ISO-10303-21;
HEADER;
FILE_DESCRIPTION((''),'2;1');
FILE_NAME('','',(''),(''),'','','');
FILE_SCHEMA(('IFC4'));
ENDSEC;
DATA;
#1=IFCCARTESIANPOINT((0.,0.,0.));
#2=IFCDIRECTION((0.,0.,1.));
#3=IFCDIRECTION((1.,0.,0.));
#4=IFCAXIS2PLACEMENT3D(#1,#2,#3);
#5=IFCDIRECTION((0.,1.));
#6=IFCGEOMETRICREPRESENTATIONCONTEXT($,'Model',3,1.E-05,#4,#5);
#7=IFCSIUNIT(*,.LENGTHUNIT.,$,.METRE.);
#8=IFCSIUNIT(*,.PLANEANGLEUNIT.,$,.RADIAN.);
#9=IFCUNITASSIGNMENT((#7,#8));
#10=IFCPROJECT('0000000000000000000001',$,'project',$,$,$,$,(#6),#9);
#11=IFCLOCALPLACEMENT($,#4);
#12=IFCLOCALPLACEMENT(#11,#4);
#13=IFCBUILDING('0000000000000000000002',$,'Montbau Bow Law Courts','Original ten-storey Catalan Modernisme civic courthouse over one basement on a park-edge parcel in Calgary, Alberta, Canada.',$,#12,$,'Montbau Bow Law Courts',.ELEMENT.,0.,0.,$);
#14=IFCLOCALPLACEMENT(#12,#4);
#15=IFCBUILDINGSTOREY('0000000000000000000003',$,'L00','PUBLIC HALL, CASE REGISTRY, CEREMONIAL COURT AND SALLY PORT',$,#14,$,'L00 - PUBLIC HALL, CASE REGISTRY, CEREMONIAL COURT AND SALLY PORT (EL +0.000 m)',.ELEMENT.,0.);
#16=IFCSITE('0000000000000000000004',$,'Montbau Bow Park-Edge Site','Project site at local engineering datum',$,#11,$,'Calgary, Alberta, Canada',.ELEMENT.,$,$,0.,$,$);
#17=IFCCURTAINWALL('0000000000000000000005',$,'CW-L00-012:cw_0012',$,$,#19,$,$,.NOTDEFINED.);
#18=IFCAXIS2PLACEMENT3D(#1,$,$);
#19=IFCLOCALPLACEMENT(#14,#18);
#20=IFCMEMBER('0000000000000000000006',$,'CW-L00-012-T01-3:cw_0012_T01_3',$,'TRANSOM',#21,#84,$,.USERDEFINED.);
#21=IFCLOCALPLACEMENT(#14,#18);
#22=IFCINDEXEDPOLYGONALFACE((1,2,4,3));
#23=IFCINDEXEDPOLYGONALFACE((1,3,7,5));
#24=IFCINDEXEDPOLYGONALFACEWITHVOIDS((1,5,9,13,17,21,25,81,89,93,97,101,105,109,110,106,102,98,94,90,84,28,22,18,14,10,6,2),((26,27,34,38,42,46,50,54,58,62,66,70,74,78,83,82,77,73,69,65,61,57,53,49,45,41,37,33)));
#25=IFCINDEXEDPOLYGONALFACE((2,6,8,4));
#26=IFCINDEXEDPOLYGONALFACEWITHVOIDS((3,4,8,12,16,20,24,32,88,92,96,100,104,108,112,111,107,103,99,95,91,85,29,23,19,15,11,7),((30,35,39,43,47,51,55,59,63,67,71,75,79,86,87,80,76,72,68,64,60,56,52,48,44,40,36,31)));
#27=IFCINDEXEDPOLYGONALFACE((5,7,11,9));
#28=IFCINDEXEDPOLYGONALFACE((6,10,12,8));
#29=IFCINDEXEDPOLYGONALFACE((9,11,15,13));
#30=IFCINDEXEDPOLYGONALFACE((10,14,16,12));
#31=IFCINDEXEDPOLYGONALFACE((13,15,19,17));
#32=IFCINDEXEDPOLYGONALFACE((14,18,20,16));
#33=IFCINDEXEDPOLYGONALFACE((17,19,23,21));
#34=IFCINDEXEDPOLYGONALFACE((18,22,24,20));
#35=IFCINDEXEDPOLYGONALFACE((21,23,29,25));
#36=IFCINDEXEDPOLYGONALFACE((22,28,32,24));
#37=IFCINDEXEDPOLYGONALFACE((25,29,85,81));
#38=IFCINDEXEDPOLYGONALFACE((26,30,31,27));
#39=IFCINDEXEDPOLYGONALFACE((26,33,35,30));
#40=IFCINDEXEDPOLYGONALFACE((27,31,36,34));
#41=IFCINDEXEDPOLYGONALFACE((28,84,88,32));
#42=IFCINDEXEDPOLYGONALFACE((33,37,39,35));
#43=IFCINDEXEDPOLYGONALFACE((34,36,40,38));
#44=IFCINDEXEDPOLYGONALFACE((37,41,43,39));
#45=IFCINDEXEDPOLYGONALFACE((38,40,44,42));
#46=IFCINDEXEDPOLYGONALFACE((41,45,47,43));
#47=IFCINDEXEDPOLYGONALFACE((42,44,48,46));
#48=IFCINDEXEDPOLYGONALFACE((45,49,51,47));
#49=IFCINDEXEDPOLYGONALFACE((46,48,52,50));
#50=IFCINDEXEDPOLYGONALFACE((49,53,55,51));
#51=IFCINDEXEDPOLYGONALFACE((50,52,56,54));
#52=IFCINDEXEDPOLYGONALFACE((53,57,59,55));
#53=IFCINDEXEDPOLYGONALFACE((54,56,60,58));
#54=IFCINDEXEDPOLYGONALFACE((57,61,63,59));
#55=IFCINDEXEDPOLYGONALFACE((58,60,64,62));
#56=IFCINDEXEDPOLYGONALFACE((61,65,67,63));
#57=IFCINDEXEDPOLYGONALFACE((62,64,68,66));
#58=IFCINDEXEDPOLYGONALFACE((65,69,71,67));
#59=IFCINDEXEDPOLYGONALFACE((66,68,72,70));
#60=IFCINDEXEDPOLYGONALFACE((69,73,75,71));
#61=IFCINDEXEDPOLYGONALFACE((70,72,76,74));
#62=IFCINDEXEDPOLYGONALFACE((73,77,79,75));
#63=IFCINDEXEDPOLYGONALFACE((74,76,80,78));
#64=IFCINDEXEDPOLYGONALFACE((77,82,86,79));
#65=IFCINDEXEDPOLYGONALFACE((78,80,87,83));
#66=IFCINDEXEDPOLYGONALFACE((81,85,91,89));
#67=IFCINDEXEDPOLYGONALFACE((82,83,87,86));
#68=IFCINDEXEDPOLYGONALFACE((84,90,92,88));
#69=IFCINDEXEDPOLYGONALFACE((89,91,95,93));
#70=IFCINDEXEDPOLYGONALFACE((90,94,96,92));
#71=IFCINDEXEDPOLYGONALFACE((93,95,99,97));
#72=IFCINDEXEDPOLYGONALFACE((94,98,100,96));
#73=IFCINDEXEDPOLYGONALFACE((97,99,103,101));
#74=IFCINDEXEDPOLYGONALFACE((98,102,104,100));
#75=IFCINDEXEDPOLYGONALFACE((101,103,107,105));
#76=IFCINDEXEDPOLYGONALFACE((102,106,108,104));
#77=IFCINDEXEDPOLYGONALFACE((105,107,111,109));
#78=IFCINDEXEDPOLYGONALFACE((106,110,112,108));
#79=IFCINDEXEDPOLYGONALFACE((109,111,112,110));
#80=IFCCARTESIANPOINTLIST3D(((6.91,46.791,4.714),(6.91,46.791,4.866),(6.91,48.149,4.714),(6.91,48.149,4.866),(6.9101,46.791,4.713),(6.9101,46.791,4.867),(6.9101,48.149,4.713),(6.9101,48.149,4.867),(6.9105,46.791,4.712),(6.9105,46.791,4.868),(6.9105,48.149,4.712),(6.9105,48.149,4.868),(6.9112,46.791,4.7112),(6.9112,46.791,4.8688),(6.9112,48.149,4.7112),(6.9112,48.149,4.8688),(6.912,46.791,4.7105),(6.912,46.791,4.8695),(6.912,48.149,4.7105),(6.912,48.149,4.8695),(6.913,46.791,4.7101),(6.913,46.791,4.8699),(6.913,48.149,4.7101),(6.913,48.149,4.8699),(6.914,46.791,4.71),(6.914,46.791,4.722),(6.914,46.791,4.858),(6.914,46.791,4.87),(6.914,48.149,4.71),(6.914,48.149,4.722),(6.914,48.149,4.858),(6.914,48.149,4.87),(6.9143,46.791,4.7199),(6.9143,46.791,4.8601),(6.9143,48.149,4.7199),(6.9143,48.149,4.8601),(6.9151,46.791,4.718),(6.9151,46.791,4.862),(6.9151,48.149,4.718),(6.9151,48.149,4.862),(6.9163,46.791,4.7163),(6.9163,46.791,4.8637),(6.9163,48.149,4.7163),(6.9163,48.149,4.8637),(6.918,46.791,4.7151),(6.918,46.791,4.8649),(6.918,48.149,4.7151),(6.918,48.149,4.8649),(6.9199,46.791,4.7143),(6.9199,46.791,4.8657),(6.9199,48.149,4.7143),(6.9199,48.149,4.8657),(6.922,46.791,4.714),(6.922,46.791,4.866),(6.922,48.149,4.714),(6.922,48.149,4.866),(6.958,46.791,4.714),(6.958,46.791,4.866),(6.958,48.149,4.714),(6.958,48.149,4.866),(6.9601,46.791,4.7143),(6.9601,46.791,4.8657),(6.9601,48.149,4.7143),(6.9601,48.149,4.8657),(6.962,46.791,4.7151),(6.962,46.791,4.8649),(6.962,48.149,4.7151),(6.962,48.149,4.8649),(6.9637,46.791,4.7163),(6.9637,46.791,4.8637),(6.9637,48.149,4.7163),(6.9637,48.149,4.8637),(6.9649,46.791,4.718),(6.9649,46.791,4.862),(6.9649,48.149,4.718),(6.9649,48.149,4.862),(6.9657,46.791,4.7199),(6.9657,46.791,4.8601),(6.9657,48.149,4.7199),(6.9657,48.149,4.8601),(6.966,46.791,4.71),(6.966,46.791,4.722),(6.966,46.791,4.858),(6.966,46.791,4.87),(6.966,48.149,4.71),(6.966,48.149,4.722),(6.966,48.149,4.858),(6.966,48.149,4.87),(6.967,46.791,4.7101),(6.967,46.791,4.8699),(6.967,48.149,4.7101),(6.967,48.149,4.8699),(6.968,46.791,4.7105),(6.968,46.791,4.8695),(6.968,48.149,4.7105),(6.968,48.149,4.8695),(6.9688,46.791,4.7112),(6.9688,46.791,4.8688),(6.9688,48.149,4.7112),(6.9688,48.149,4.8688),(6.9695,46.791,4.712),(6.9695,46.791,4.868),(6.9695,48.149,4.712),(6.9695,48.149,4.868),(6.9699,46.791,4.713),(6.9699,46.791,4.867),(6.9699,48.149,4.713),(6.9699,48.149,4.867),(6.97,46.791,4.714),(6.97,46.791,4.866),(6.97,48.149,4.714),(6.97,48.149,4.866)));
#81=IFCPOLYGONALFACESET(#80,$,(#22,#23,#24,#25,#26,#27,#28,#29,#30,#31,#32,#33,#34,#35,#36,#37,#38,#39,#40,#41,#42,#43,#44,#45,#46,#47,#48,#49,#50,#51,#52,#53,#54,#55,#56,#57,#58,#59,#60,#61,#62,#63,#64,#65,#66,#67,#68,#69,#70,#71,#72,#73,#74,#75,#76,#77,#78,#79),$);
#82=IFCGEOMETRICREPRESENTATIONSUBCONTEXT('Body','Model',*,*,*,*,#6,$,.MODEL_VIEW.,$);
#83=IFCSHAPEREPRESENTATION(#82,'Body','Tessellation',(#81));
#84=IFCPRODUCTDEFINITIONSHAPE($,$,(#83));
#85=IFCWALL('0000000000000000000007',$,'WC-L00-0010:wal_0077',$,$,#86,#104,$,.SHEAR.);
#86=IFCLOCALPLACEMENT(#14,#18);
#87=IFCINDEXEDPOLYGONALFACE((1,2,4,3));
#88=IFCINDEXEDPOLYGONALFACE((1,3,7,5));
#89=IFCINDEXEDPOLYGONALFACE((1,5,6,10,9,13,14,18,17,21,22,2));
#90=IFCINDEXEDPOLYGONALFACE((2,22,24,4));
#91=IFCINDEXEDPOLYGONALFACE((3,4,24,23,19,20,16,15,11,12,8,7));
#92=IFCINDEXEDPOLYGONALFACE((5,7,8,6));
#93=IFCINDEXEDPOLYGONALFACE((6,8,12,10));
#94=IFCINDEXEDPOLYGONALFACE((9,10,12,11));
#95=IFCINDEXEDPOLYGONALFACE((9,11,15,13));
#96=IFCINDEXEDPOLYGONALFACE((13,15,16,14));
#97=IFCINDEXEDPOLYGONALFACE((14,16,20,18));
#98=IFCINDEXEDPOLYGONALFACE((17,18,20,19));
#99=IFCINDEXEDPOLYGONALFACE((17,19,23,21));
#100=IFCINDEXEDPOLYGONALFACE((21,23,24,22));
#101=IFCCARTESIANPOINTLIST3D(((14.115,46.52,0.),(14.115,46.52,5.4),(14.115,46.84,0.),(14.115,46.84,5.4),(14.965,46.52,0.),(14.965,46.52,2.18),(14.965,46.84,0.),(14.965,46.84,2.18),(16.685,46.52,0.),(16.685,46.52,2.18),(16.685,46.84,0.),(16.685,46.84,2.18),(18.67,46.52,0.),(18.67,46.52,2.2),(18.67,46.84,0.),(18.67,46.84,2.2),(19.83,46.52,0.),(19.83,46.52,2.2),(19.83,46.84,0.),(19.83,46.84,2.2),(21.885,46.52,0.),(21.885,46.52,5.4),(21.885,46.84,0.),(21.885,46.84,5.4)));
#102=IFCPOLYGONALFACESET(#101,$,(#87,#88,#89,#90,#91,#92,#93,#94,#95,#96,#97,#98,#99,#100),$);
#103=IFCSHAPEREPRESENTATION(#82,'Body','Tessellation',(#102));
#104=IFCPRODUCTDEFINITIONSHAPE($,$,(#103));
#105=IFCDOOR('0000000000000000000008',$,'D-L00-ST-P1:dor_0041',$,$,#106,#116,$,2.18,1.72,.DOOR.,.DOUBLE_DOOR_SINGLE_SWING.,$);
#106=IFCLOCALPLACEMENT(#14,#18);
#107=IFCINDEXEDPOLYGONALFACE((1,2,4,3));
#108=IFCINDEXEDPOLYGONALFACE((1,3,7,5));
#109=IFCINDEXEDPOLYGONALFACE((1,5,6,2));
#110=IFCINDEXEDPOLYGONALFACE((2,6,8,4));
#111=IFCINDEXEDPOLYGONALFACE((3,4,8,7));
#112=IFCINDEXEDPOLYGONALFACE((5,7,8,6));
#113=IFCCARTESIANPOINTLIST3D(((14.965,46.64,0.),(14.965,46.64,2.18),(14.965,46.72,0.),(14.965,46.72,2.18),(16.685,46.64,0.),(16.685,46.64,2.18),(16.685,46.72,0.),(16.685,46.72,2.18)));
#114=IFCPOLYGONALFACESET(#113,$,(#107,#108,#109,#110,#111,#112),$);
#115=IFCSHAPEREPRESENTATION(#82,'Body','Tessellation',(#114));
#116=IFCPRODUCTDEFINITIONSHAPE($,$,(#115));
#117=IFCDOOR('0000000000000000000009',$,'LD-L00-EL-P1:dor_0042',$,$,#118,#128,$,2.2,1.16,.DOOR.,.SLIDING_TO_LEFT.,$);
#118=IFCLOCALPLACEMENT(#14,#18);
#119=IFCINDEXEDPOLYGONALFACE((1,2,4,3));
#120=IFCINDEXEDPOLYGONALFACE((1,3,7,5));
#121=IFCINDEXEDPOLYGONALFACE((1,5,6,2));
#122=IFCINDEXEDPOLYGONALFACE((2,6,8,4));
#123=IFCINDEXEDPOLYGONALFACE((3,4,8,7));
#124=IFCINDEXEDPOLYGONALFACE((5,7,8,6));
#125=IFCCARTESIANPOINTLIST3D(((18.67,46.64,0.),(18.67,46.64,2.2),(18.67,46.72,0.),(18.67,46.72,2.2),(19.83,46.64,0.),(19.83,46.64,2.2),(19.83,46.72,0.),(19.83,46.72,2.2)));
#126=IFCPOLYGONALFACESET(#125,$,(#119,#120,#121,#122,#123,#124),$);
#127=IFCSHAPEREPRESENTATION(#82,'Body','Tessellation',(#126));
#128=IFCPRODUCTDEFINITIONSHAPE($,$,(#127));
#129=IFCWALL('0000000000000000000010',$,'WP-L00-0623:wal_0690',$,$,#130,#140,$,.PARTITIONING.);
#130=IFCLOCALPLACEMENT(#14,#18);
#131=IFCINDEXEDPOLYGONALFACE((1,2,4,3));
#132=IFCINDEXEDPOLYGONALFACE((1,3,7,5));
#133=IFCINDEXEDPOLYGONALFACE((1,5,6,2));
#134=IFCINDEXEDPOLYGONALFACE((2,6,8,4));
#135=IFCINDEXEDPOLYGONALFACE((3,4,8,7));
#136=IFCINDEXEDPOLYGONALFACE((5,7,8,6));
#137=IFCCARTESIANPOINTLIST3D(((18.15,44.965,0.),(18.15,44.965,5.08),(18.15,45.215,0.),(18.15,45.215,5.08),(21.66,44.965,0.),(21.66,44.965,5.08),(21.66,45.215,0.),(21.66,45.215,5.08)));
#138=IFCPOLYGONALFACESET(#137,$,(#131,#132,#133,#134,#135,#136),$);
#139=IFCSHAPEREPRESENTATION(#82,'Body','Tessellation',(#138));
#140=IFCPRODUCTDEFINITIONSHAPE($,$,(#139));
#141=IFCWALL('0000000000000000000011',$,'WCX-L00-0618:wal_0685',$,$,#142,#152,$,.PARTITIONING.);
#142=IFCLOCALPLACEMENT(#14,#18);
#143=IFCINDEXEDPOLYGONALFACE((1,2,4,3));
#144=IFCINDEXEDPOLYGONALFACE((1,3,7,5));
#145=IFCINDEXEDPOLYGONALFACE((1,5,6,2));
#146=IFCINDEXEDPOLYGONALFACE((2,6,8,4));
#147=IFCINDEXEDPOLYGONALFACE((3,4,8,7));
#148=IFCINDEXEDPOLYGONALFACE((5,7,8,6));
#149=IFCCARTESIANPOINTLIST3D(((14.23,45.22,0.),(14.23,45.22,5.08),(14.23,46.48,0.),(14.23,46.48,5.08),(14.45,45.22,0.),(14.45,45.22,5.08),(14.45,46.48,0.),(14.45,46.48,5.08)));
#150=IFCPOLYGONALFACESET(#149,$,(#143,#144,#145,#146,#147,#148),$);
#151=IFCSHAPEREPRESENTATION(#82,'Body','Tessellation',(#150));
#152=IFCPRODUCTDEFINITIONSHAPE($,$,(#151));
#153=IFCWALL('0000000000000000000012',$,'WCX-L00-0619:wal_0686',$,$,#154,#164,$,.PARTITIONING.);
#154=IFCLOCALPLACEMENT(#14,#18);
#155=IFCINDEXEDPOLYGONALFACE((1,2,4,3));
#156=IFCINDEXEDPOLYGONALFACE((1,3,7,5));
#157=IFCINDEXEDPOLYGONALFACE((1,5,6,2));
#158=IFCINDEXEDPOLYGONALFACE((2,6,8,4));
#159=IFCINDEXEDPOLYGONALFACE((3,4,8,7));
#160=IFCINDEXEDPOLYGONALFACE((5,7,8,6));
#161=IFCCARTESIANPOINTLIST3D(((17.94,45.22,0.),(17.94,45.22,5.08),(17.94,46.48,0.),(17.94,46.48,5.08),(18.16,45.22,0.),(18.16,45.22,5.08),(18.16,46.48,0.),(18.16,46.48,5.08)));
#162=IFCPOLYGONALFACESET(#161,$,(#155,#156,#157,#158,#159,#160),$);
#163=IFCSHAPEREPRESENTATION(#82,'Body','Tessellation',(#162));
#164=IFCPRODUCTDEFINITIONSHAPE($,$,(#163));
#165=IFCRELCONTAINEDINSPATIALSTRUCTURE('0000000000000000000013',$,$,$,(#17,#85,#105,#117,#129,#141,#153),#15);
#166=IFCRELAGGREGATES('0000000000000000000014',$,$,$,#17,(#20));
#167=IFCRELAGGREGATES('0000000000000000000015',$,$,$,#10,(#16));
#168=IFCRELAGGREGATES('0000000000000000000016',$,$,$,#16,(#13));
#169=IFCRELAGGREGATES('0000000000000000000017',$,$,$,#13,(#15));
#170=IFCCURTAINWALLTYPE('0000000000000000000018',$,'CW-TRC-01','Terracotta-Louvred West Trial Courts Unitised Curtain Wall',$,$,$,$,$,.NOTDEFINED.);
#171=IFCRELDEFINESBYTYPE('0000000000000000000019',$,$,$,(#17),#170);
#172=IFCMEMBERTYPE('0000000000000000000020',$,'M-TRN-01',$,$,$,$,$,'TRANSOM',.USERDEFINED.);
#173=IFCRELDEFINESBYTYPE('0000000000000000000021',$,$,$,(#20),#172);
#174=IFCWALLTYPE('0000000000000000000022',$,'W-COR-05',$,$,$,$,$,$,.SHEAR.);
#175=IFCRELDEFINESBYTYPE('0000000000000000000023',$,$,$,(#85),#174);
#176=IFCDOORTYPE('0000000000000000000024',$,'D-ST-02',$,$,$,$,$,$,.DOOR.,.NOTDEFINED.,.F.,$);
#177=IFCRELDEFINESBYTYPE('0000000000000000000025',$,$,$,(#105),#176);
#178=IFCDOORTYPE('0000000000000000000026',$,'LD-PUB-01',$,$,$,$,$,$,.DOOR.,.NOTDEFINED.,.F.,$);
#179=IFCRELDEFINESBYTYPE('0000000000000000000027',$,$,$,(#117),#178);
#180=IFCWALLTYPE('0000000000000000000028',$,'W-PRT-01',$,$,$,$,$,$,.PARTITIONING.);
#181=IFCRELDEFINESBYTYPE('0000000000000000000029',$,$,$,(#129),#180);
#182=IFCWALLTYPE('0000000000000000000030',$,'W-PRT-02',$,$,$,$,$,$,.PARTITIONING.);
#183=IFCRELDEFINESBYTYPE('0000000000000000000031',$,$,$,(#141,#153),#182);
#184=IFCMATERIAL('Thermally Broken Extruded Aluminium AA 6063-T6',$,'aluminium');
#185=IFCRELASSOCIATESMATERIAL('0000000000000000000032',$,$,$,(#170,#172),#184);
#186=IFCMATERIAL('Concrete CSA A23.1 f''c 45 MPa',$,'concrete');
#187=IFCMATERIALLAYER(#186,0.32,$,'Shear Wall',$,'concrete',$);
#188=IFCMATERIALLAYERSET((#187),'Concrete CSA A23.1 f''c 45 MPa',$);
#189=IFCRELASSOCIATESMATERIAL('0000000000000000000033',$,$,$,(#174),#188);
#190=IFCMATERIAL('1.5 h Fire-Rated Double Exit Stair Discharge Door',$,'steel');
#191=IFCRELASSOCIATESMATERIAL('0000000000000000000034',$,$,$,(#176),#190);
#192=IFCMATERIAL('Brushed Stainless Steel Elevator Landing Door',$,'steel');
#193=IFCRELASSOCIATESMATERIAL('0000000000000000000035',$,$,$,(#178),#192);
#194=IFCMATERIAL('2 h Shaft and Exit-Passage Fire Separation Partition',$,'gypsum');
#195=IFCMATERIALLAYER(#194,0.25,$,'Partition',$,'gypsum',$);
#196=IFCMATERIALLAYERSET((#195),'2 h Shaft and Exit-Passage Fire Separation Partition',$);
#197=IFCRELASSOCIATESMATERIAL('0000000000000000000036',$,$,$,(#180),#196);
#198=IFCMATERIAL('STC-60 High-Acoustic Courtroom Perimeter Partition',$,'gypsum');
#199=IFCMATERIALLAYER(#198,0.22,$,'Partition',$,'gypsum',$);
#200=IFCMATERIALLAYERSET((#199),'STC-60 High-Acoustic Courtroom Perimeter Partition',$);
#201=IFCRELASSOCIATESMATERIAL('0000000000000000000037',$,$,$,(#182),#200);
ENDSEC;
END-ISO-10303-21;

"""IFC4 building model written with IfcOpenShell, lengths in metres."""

from ifc_helpers import new_model, si_unit, direction, frame, frame_2d, origin_with_axes, origin_2d_with_axis, place, context, subcontext, project, spatial, rectangle, hollow_rectangle, extrude, material, layer, layer_set, material_profile, profile_set, type_object, element, fill, aggregate, save


model = new_model("IFC4")

# Units and contexts
model_context = context("Model", 3, precision=1e-05, world=origin_with_axes(), true_north=direction((0.0, 1.0)))
body_context = subcontext(model_context, "Body", "Model", "MODEL_VIEW")
ifc_project = project(units=[si_unit("LENGTHUNIT", "METRE"), si_unit("PLANEANGLEUNIT", "RADIAN")], contexts=[model_context])

# Site, building, storey
site_placement = place(None, origin_with_axes())
site = spatial("IfcSite", under=ifc_project, at=site_placement, Name="Montbau Bow Park-Edge Site", Description="Project site at local engineering datum", LongName="Calgary, Alberta, Canada", CompositionType="ELEMENT", RefElevation=0.0)
building_placement = place(site_placement, origin_with_axes())
building = spatial("IfcBuilding", under=site, at=building_placement, Name="Montbau Bow Law Courts", Description="Original ten-storey Catalan Modernisme civic courthouse over one basement on a park-edge parcel in Calgary, Alberta, Canada.", LongName="Montbau Bow Law Courts", CompositionType="ELEMENT", ElevationOfRefHeight=0.0, ElevationOfTerrain=0.0)
storey_placement = place(building_placement, origin_with_axes())
storey = spatial("IfcBuildingStorey", under=building, at=storey_placement, Name="L00", Description="PUBLIC HALL, CASE REGISTRY, CEREMONIAL COURT AND SALLY PORT", LongName="L00 - PUBLIC HALL, CASE REGISTRY, CEREMONIAL COURT AND SALLY PORT (EL +0.000 m)", CompositionType="ELEMENT", Elevation=0.0)

# Shared definitions
ifc_material_1 = material(Name="Concrete CSA A23.1 f'c 45 MPa", Category="concrete")

# Curtain wall, member
ifc_material_2 = material(Name="Thermally Broken Extruded Aluminium AA 6063-T6", Category="aluminium")
curtain_wall_type = type_object("IfcCurtainWallType", Name="CW-TRC-01", Description="Terracotta-Louvred West Trial Courts Unitised Curtain Wall", PredefinedType="NOTDEFINED", material=ifc_material_2)
curtain_wall_placement = place(None, frame((6.94, 46.715, 0.0), z_axis=(0.0, 0.0, 1.0), x_axis=(1.0, 0.0, 0.0)))
curtain_wall = element("IfcCurtainWall", 1, at=curtain_wall_placement, inside=storey, type_object=curtain_wall_type, Name="CW-L00-012:cw_0012", PredefinedType="NOTDEFINED")
ifc_material_profile_1 = material_profile(ifc_material_2, hollow_rectangle(XDim=0.06, YDim=0.16, WallThickness=0.004, InnerFilletRadius=0.008, OuterFilletRadius=0.004, at=origin_2d_with_axis()), Name="CWT-160X60", Category="Main", Priority=0)
ifc_profile_set_1 = profile_set([ifc_material_profile_1], Name="Thermally Broken Extruded Aluminium AA 6063-T6")
member_type = type_object("IfcMemberType", Name="M-TRN-01", ElementType="TRANSOM", PredefinedType="USERDEFINED", material=ifc_profile_set_1)
member_1_placement = place(None, frame((6.94, 46.791, 4.79), z_axis=(0.0, 1.0, 0.0), x_axis=(-1.0, 0.0, 0.0)))
member_1 = element("IfcMember", 2, at=member_1_placement, type_object=member_type, Name="CW-L00-012-T01-3:cw_0012_T01_3", ObjectType="TRANSOM", PredefinedType="USERDEFINED", context=body_context, shape_type="SweptSolid", body=[
    extrude(hollow_rectangle(XDim=0.06, YDim=0.16, WallThickness=0.004, InnerFilletRadius=0.008, OuterFilletRadius=0.004, at=origin_2d_with_axis()), origin_with_axes(), (0.0, 0.0, 1.0), 1.358),
])
aggregate(curtain_wall, [member_1])

# Wall, openings, doors
ifc_layer_1 = layer(ifc_material_1, 0.32, Name="Shear Wall", Category="concrete")
ifc_layer_set_1 = layer_set([ifc_layer_1], Name="Concrete CSA A23.1 f'c 45 MPa")
wall_type_1 = type_object("IfcWallType", Name="W-COR-05", PredefinedType="SHEAR", material=ifc_layer_set_1)
wall_1_placement = place(None, frame((14.115, 46.68, 0.0), z_axis=(0.0, 0.0, 1.0), x_axis=(1.0, 0.0, 0.0)))
wall_1 = element("IfcWall", 3, at=wall_1_placement, inside=storey, type_object=wall_type_1, Name="WC-L00-0010:wal_0077", PredefinedType="SHEAR", context=body_context, shape_type="SweptSolid", body=[
    extrude(rectangle(XDim=7.77, YDim=0.32, at=frame_2d((3.885, 0.0), x_axis=(1.0, 0.0))), origin_with_axes(), (0.0, 0.0, 1.0), 5.4),
])
opening_1_placement = place(None, frame((15.825, 46.68, 0.0), z_axis=(0.0, 0.0, 1.0), x_axis=(1.0, 0.0, 0.0)))
opening_1 = element("IfcOpeningElement", 4, at=opening_1_placement, cuts=wall_1, PredefinedType="OPENING", context=body_context, shape_type="SweptSolid", body=[
    extrude(rectangle(XDim=1.72, YDim=2.18, at=frame_2d((0.0, 1.09), x_axis=(1.0, 0.0))), frame((0.0, 0.17, 0.0), z_axis=(0.0, -1.0, 0.0), x_axis=(1.0, 0.0, 0.0)), (0.0, 0.0, 1.0), 0.34),
])
opening_2_placement = place(None, frame((19.25, 46.68, 0.0), z_axis=(0.0, 0.0, 1.0), x_axis=(1.0, 0.0, 0.0)))
opening_2 = element("IfcOpeningElement", 5, at=opening_2_placement, cuts=wall_1, PredefinedType="OPENING", context=body_context, shape_type="SweptSolid", body=[
    extrude(rectangle(XDim=1.16, YDim=2.2, at=frame_2d((0.0, 1.1), x_axis=(1.0, 0.0))), frame((0.0, 0.17, 0.0), z_axis=(0.0, -1.0, 0.0), x_axis=(1.0, 0.0, 0.0)), (0.0, 0.0, 1.0), 0.34),
])
ifc_material_3 = material(Name="1.5 h Fire-Rated Double Exit Stair Discharge Door", Category="steel")
door_type_1 = type_object("IfcDoorType", Name="D-ST-02", OperationType="NOTDEFINED", ParameterTakesPrecedence=False, PredefinedType="DOOR", material=ifc_material_3)
door_1_placement = place(None, frame((15.825, 46.68, 0.0), z_axis=(0.0, 0.0, 1.0), x_axis=(-1.0, 0.0, 0.0)))
door_1 = element("IfcDoor", 6, at=door_1_placement, inside=storey, type_object=door_type_1, Name="D-L00-ST-P1:dor_0041", OperationType="DOUBLE_DOOR_SINGLE_SWING", OverallHeight=2.18, OverallWidth=1.72, PredefinedType="DOOR", context=body_context, shape_type="SweptSolid", body=[
    extrude(rectangle(XDim=1.72, YDim=2.18, at=frame_2d((0.0, 1.09), x_axis=(1.0, 0.0))), frame((0.0, 0.04, 0.0), z_axis=(0.0, -1.0, 0.0), x_axis=(1.0, 0.0, 0.0)), (0.0, 0.0, 1.0), 0.08),
])
fill(opening_1, door_1)
ifc_material_4 = material(Name="Brushed Stainless Steel Elevator Landing Door", Category="steel")
door_type_2 = type_object("IfcDoorType", Name="LD-PUB-01", OperationType="NOTDEFINED", ParameterTakesPrecedence=False, PredefinedType="DOOR", material=ifc_material_4)
door_2_placement = place(None, frame((19.25, 46.68, 0.0), z_axis=(0.0, 0.0, 1.0), x_axis=(-1.0, 0.0, 0.0)))
door_2 = element("IfcDoor", 7, at=door_2_placement, inside=storey, type_object=door_type_2, Name="LD-L00-EL-P1:dor_0042", OperationType="SLIDING_TO_LEFT", OverallHeight=2.2, OverallWidth=1.16, PredefinedType="DOOR", context=body_context, shape_type="SweptSolid", body=[
    extrude(rectangle(XDim=1.16, YDim=2.2, at=frame_2d((0.0, 1.1), x_axis=(1.0, 0.0))), frame((0.0, 0.04, 0.0), z_axis=(0.0, -1.0, 0.0), x_axis=(1.0, 0.0, 0.0)), (0.0, 0.0, 1.0), 0.08),
])
fill(opening_2, door_2)

# Walls
ifc_material_5 = material(Name="2 h Shaft and Exit-Passage Fire Separation Partition", Category="gypsum")
ifc_layer_2 = layer(ifc_material_5, 0.25, Name="Partition", Category="gypsum")
ifc_layer_set_2 = layer_set([ifc_layer_2], Name="2 h Shaft and Exit-Passage Fire Separation Partition")
wall_type_2 = type_object("IfcWallType", Name="W-PRT-01", PredefinedType="PARTITIONING", material=ifc_layer_set_2)
wall_2_placement = place(None, frame((18.15, 45.09, 0.0), z_axis=(0.0, 0.0, 1.0), x_axis=(1.0, 0.0, 0.0)))
element("IfcWall", 8, at=wall_2_placement, inside=storey, type_object=wall_type_2, Name="WP-L00-0623:wal_0690", PredefinedType="PARTITIONING", context=body_context, shape_type="SweptSolid", body=[
    extrude(rectangle(XDim=3.51, YDim=0.25, at=frame_2d((1.755, 0.0), x_axis=(1.0, 0.0))), origin_with_axes(), (0.0, 0.0, 1.0), 5.08),
])
ifc_material_6 = material(Name="STC-60 High-Acoustic Courtroom Perimeter Partition", Category="gypsum")
ifc_layer_3 = layer(ifc_material_6, 0.22, Name="Partition", Category="gypsum")
ifc_layer_set_3 = layer_set([ifc_layer_3], Name="STC-60 High-Acoustic Courtroom Perimeter Partition")
wall_type_3 = type_object("IfcWallType", Name="W-PRT-02", PredefinedType="PARTITIONING", material=ifc_layer_set_3)
for number, where, z_axis, x_axis, name in (
    (9, (14.34, 45.22, 0.0), (0.0, 0.0, 1.0), (0.0, 1.0, 0.0), "WCX-L00-0618:wal_0685"),
    (10, (18.05, 45.22, 0.0), (0.0, 0.0, 1.0), (0.0, 1.0, 0.0), "WCX-L00-0619:wal_0686"),
):
    element("IfcWall", number, at=place(None, frame(where, z_axis=z_axis, x_axis=x_axis)), inside=storey, type_object=wall_type_3, Name=name, PredefinedType="PARTITIONING", context=body_context, shape_type="SweptSolid", body=[
        extrude(rectangle(XDim=1.26, YDim=0.22, at=frame_2d((0.63, 0.0), x_axis=(1.0, 0.0))), origin_with_axes(), (0.0, 0.0, 1.0), 5.08),
    ])

save(model, "model.ifc")
